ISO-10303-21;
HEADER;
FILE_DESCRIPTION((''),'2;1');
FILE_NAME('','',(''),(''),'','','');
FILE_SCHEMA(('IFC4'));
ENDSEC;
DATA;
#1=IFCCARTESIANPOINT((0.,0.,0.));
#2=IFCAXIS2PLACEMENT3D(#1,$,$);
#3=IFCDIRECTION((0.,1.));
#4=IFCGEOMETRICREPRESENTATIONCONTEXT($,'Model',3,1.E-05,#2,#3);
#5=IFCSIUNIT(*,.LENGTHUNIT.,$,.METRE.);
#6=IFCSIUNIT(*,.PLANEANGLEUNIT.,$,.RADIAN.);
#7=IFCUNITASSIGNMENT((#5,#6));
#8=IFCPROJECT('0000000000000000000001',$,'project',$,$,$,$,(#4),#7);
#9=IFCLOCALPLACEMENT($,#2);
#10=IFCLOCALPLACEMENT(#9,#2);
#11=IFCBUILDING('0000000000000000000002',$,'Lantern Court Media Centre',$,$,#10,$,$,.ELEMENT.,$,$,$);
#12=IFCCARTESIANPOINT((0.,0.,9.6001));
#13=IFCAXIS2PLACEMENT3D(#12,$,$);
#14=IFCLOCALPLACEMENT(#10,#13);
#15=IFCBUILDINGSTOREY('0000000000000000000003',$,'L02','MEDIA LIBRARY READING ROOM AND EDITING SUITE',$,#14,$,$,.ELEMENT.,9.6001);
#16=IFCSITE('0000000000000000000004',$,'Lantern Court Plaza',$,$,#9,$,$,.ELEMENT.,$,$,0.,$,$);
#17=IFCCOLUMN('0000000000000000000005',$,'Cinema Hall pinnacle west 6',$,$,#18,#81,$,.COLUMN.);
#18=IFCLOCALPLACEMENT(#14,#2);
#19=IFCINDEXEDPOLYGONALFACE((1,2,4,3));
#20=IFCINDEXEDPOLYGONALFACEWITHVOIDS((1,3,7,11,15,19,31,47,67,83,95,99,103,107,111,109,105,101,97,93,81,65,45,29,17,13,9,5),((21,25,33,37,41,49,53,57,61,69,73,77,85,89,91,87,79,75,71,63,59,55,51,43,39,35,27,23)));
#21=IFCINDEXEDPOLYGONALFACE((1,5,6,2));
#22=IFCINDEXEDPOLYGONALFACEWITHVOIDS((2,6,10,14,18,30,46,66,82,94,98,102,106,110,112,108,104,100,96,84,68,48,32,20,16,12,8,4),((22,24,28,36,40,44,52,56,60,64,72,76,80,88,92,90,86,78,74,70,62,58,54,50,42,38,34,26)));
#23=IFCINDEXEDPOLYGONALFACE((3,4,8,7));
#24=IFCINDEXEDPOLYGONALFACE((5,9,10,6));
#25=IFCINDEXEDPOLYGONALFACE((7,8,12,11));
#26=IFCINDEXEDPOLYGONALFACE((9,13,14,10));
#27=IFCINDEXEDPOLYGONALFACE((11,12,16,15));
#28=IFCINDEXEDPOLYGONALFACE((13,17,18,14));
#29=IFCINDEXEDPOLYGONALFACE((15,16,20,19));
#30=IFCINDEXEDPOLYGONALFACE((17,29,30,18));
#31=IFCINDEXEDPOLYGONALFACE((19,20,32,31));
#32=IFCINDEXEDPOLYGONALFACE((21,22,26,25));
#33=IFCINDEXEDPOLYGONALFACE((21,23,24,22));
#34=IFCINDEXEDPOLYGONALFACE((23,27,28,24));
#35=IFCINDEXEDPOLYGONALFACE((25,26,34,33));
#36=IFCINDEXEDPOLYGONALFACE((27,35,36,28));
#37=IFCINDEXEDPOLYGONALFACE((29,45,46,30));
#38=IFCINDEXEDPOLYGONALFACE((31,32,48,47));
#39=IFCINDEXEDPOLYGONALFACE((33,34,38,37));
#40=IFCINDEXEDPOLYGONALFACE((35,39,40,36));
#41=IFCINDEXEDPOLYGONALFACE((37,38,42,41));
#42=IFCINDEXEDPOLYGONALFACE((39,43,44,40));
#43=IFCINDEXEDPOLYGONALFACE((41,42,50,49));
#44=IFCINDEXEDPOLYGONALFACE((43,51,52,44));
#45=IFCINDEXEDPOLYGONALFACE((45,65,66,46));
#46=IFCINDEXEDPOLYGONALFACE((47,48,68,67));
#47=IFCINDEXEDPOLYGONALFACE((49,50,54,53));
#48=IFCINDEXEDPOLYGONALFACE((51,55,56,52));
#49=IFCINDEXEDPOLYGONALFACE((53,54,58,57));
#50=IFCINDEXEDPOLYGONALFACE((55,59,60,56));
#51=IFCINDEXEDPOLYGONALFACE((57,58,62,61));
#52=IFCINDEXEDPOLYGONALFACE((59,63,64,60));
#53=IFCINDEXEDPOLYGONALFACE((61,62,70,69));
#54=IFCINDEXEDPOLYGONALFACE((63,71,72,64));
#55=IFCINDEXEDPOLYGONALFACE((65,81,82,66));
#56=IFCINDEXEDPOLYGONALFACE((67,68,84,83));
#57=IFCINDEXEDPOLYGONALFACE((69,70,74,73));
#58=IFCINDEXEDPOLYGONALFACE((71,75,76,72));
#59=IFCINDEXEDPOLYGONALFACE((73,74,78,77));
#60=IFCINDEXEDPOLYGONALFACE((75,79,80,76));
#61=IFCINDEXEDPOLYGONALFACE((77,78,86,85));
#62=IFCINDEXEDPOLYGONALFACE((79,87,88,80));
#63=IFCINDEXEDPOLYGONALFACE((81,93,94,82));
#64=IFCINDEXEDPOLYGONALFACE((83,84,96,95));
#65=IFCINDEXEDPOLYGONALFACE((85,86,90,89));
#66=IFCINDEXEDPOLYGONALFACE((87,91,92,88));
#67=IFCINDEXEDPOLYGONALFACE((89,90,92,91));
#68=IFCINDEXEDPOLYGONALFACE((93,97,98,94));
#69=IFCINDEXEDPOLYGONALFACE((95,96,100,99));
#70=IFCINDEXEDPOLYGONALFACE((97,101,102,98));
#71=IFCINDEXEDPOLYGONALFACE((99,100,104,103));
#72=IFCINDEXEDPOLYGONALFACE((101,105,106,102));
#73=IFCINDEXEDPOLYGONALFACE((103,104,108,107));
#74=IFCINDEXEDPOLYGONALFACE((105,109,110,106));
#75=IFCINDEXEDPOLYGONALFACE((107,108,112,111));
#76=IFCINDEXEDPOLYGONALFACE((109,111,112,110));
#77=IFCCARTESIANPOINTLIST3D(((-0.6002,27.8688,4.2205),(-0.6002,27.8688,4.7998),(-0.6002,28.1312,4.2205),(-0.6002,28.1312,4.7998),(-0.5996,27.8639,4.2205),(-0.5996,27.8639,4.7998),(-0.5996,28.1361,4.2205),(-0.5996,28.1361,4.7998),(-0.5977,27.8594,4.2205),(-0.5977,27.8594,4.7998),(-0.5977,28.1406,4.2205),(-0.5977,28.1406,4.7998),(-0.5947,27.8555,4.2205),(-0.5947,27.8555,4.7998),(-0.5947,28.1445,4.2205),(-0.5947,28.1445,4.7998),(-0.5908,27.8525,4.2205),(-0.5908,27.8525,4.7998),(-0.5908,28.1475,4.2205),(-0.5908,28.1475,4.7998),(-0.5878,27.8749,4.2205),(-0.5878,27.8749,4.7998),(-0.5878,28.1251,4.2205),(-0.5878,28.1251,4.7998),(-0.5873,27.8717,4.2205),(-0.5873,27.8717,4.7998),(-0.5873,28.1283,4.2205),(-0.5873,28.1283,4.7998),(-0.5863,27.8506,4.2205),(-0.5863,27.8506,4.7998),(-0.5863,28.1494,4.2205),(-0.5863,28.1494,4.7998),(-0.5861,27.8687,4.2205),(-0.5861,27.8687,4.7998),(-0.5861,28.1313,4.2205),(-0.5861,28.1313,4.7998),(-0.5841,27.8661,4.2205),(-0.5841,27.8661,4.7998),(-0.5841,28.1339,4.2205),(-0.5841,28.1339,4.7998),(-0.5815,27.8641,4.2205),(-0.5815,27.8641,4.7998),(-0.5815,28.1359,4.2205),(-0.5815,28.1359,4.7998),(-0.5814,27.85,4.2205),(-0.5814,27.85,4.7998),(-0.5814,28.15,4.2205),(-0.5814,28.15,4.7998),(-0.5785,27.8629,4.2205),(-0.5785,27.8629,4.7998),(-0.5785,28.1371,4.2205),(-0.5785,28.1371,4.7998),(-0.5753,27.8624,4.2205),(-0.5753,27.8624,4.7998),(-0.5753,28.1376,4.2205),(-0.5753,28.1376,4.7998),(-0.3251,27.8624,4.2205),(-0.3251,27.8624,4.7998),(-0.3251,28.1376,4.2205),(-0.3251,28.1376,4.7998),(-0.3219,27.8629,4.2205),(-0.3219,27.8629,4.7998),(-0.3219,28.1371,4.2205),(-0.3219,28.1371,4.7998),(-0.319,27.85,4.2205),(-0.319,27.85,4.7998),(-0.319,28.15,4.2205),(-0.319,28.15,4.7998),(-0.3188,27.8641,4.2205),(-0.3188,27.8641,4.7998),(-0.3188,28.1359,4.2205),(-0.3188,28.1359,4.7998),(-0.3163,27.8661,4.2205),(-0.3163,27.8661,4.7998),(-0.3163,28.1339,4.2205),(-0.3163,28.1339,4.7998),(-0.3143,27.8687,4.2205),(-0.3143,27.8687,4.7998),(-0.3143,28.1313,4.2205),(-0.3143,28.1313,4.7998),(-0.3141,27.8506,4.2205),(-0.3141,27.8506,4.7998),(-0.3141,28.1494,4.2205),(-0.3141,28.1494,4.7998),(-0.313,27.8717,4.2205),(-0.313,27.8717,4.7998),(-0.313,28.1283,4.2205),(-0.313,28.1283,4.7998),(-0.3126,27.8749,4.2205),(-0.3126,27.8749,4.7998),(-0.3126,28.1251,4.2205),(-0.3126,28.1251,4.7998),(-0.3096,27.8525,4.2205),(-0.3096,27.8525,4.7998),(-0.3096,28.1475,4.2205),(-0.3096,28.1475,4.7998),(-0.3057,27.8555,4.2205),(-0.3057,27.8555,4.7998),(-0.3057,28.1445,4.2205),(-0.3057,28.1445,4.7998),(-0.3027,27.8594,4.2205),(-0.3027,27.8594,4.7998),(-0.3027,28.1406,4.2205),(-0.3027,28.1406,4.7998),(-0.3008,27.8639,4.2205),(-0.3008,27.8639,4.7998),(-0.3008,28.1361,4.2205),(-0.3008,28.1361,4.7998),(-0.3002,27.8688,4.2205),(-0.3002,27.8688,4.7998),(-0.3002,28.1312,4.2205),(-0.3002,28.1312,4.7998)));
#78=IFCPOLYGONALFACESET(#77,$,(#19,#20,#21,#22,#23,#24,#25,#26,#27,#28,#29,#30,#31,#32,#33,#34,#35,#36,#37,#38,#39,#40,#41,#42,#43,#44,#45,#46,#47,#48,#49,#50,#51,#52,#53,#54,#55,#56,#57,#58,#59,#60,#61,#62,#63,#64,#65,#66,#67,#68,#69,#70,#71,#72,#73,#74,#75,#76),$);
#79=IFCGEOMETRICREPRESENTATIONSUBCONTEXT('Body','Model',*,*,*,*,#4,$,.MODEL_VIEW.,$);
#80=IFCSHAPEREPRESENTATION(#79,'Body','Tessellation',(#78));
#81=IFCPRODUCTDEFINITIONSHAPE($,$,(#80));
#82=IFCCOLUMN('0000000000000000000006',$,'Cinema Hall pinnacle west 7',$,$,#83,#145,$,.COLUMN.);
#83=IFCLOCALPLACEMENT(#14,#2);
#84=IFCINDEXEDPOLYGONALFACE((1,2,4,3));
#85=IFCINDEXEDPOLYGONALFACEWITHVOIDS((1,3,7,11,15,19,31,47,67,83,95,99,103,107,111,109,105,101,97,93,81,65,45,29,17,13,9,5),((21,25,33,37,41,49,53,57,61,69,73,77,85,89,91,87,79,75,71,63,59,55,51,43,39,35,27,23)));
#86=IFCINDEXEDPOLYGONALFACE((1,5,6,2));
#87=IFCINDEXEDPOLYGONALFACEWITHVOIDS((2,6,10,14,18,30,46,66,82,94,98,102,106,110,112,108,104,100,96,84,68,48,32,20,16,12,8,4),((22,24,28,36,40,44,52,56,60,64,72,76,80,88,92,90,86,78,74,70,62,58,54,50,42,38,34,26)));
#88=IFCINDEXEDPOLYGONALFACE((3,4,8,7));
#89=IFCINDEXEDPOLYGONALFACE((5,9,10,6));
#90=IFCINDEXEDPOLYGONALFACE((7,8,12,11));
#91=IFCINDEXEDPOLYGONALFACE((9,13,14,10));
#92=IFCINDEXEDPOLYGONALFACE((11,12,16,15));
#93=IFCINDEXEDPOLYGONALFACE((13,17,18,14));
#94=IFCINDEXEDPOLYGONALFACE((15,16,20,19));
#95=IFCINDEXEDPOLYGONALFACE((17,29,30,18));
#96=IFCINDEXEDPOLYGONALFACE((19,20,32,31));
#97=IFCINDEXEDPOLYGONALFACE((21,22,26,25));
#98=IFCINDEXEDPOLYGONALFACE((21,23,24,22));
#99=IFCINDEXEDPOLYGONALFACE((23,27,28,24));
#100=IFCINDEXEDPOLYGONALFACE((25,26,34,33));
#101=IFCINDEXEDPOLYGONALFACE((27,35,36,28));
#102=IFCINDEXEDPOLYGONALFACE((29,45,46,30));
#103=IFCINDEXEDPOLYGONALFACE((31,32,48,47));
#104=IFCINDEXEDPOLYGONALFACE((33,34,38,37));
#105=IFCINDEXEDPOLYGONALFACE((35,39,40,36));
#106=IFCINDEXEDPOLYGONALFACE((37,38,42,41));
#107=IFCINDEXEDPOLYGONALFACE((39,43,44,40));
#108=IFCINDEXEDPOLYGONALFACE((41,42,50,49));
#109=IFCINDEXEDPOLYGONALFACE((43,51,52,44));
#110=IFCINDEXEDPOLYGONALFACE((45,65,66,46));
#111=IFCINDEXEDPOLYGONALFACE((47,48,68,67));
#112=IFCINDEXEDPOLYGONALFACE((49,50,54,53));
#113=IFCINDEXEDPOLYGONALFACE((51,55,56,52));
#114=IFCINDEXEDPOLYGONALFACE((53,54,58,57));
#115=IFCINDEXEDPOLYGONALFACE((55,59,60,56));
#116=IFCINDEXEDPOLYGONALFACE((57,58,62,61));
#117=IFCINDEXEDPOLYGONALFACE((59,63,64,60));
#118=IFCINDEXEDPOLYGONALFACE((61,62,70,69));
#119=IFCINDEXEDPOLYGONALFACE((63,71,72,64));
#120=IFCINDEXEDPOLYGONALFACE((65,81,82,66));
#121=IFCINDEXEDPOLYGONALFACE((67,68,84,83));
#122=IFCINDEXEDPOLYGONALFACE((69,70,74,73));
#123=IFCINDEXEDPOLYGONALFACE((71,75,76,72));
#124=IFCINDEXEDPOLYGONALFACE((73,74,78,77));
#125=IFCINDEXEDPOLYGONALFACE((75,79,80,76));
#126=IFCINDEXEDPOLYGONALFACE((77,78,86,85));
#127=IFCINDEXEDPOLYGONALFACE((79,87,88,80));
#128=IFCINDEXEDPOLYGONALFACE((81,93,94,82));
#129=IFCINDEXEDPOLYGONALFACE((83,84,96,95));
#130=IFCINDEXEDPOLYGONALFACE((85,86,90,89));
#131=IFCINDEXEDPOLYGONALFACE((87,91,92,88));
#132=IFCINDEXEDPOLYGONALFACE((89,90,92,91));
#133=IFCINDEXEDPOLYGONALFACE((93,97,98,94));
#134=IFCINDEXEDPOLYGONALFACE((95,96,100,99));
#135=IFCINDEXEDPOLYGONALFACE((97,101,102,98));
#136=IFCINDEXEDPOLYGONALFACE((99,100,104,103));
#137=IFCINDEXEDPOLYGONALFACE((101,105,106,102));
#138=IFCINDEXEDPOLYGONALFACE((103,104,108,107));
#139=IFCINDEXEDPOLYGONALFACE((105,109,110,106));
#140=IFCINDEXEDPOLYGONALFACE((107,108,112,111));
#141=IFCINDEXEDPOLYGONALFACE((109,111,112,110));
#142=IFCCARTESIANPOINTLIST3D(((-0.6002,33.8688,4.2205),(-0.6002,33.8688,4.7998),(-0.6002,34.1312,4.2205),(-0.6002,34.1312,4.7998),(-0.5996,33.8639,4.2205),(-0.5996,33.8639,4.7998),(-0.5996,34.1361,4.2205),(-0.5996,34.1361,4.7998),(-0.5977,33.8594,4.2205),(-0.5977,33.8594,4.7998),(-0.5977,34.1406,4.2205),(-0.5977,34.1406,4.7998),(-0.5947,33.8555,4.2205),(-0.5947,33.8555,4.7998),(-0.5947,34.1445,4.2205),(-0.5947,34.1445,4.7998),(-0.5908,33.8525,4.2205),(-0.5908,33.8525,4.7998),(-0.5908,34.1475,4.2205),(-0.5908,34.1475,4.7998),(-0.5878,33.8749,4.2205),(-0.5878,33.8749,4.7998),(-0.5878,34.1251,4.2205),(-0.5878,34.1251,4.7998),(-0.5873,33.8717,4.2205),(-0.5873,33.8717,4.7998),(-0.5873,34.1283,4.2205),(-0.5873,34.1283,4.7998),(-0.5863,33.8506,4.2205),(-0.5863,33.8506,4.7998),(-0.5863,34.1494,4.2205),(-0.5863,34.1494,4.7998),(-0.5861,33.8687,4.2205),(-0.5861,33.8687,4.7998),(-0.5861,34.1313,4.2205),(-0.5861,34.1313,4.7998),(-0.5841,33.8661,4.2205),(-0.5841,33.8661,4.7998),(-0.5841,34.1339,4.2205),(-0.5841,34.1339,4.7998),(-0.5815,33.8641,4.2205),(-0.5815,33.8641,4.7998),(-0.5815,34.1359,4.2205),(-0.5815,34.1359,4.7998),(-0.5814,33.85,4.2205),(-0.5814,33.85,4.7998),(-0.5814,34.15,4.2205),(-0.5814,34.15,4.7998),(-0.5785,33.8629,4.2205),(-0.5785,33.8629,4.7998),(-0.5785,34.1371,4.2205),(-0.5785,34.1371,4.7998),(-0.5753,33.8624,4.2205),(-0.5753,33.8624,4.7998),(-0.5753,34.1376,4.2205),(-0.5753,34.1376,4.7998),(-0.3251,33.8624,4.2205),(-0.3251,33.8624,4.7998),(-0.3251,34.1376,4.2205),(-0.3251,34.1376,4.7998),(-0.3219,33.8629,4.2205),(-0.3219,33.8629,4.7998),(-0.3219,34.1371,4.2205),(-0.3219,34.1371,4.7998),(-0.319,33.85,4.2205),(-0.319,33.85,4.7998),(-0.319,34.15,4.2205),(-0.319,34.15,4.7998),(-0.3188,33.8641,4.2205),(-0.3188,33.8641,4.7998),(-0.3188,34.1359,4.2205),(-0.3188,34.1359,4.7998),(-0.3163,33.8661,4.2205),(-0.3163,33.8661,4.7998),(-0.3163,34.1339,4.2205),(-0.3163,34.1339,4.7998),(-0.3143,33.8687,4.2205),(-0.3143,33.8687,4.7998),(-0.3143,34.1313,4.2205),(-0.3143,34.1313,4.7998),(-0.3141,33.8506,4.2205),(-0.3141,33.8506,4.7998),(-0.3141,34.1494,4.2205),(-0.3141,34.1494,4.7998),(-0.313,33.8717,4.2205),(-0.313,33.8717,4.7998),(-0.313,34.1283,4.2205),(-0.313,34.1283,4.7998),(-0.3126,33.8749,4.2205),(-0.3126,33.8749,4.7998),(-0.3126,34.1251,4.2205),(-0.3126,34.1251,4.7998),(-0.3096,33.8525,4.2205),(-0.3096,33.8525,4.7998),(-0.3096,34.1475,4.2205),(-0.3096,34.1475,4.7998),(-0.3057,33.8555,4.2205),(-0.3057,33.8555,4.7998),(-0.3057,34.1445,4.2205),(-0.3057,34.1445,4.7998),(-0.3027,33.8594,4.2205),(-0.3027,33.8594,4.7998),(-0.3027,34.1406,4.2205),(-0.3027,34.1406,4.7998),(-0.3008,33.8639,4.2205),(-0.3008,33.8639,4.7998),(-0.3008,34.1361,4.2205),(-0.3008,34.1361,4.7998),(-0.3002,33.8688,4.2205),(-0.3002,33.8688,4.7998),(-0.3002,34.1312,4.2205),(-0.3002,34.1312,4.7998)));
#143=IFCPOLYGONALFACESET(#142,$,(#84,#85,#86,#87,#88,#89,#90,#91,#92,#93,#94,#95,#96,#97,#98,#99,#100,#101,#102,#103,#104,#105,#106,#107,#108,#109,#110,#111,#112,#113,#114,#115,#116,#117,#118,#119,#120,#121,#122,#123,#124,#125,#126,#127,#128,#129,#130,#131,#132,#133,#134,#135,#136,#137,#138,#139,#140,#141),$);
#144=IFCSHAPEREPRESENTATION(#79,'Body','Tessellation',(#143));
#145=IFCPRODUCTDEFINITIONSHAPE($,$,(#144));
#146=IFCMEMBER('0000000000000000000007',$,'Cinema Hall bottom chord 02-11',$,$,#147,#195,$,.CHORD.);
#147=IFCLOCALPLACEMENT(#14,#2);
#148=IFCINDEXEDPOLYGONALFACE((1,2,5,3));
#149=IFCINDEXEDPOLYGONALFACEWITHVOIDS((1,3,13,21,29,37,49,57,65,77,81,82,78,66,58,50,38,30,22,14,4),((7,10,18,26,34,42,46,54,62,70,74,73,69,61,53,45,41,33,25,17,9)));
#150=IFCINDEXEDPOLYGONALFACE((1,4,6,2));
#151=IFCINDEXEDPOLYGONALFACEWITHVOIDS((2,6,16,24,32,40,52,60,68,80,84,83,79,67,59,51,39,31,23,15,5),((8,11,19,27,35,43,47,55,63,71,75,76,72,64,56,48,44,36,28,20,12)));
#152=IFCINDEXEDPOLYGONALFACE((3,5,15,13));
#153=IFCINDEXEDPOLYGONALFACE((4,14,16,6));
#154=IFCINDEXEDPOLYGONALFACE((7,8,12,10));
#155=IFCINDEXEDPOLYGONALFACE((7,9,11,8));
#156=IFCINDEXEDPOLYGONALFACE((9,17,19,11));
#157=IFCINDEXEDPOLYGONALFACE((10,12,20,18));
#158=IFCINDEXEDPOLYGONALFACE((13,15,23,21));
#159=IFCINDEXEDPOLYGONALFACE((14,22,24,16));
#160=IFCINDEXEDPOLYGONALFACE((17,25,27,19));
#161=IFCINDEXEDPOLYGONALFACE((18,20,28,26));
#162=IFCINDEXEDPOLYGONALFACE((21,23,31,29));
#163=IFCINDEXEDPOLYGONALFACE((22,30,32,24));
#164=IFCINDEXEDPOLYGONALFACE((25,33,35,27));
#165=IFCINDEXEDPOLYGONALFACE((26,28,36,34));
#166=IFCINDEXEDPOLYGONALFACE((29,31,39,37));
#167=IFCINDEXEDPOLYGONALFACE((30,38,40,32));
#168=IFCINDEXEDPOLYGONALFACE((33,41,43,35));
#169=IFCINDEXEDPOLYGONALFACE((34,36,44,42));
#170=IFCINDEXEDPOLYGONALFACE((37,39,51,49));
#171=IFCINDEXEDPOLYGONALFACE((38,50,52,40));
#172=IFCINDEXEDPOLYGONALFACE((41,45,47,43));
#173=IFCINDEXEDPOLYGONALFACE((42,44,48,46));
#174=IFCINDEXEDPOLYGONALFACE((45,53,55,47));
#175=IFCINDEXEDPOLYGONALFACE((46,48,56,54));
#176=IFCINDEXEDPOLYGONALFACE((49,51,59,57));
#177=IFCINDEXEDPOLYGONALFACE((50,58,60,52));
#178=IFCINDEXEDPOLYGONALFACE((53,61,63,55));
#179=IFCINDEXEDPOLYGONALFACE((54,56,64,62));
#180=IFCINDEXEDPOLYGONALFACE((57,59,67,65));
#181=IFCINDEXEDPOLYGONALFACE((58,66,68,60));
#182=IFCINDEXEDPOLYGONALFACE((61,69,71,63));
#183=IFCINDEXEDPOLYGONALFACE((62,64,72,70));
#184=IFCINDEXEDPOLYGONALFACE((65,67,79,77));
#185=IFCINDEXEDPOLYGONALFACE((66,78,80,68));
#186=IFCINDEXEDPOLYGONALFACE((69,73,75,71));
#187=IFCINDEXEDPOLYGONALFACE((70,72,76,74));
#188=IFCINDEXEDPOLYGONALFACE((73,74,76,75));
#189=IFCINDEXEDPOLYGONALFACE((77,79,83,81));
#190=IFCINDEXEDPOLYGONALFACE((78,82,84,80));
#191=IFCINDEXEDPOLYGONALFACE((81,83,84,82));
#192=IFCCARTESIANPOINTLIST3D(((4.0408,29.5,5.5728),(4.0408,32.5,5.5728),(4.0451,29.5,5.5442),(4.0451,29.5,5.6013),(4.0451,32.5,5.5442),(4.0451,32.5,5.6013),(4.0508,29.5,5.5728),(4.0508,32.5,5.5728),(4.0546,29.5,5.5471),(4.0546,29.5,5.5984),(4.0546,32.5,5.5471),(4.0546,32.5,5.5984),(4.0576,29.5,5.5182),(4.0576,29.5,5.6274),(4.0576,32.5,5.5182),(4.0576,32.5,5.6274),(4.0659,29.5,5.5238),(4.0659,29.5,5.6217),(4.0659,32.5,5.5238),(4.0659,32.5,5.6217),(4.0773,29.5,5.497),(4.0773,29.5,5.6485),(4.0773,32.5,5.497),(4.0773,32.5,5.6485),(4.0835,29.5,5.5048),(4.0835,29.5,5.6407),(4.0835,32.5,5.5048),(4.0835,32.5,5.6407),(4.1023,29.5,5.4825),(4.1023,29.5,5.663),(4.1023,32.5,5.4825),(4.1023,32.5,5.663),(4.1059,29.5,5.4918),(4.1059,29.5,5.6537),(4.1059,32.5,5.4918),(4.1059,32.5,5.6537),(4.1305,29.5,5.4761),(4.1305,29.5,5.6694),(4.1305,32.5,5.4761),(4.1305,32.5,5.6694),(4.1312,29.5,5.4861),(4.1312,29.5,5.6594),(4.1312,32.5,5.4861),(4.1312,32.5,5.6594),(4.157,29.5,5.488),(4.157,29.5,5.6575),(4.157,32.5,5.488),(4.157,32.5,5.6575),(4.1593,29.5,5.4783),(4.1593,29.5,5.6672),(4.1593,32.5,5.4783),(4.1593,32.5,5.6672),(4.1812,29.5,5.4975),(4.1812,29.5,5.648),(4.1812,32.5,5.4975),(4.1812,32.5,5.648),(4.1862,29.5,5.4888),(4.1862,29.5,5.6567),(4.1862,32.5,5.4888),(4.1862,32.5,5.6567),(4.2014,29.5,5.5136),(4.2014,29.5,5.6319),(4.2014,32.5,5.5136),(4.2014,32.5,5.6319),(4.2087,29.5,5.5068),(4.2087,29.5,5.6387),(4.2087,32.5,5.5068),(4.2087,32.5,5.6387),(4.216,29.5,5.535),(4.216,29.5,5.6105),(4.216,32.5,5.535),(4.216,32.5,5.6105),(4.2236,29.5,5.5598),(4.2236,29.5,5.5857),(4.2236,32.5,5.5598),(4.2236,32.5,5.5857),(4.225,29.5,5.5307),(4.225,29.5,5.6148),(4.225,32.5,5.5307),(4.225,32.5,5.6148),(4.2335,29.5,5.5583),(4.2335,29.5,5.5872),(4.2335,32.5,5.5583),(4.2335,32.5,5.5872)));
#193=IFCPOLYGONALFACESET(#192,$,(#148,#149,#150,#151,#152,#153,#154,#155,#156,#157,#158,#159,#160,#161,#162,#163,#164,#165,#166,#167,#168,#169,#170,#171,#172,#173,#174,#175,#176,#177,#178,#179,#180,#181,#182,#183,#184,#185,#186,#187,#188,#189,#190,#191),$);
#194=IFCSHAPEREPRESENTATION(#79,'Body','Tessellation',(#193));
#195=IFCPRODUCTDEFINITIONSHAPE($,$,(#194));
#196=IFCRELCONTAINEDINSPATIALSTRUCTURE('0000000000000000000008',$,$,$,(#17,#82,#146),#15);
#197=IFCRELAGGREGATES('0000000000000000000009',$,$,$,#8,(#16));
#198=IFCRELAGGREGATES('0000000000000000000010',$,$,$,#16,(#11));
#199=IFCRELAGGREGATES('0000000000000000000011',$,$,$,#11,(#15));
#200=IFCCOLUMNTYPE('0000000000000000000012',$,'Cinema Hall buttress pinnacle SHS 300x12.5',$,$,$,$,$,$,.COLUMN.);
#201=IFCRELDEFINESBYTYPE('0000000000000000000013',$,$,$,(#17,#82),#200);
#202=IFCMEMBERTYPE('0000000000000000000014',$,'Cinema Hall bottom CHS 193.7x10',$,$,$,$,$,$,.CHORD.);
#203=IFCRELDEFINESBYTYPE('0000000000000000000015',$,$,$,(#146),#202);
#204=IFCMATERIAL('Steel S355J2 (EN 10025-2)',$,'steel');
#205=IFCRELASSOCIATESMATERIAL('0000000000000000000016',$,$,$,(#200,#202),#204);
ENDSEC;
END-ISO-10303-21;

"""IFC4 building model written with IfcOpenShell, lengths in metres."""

from ifc_helpers import new_model, si_unit, direction, frame, origin, origin_2d, place, context, subcontext, project, spatial, hollow_rectangle, hollow_circle, extrude, material, material_profile, profile_set, type_object, element, save


model = new_model("IFC4")

# Units and contexts
model_context = context("Model", 3, precision=1e-05, world=origin(), true_north=direction((0.0, 1.0)))
body_context = subcontext(model_context, "Body", "Model", "MODEL_VIEW")
ifc_project = project(units=[si_unit("LENGTHUNIT", "METRE"), si_unit("PLANEANGLEUNIT", "RADIAN")], contexts=[model_context])

# Site, building, storey
site_placement = place(None, origin())
site = spatial("IfcSite", under=ifc_project, at=site_placement, Name="Lantern Court Plaza", CompositionType="ELEMENT", RefElevation=0.0)
building_placement = place(site_placement, origin())
building = spatial("IfcBuilding", under=site, at=building_placement, Name="Lantern Court Media Centre", CompositionType="ELEMENT")
storey_placement = place(building_placement, frame((0.0, 0.0, 9.6001)))
storey = spatial("IfcBuildingStorey", under=building, at=storey_placement, Name="L02", Description="MEDIA LIBRARY READING ROOM AND EDITING SUITE", CompositionType="ELEMENT", Elevation=9.6001)

# Columns
ifc_material = material(Name="Steel S355J2 (EN 10025-2)", Category="steel")
ifc_material_profile_1 = material_profile(ifc_material, hollow_rectangle(XDim=0.3, YDim=0.3, WallThickness=0.0125, InnerFilletRadius=0.0125, OuterFilletRadius=0.0188, at=origin_2d()), Name="Cinema Hall buttress pinnacle SHS 300x12.5")
ifc_profile_set_1 = profile_set([ifc_material_profile_1], Name="Steel S355J2 (EN 10025-2)")
column_type = type_object("IfcColumnType", Name="Cinema Hall buttress pinnacle SHS 300x12.5", PredefinedType="COLUMN", material=ifc_profile_set_1)
for number, where, z_axis, x_axis, name in (
    (1, (-0.4502, 28.0, 4.2205), (0.0, 0.0, 1.0), (1.0, 0.0, 0.0), "Cinema Hall pinnacle west 6"),
    (2, (-0.4502, 34.0, 4.2205), (0.0, 0.0, 1.0), (1.0, 0.0, 0.0), "Cinema Hall pinnacle west 7"),
):
    element("IfcColumn", number, at=place(storey_placement, frame(where, z_axis=z_axis, x_axis=x_axis)), inside=storey, type_object=column_type, Name=name, PredefinedType="COLUMN", context=body_context, shape_type="SweptSolid", body=[
        extrude(hollow_rectangle(XDim=0.3, YDim=0.3, WallThickness=0.0125, InnerFilletRadius=0.0125, OuterFilletRadius=0.0188, at=origin_2d()), origin(), (0.0, 0.0, 1.0), 0.5793),
    ])

# Member
ifc_material_profile_2 = material_profile(ifc_material, hollow_circle(Radius=0.0969, WallThickness=0.01, at=origin_2d()), Name="Cinema Hall bottom CHS 193.7x10")
ifc_profile_set_2 = profile_set([ifc_material_profile_2], Name="Steel S355J2 (EN 10025-2)")
member_type_1 = type_object("IfcMemberType", Name="Cinema Hall bottom CHS 193.7x10", PredefinedType="CHORD", material=ifc_profile_set_2)
for number, where, z_axis, x_axis, name in (
    (3, (4.1377, 29.5, 5.5728), (0.0, 1.0, 0.0), (-1.0, 0.0, 0.0), "Cinema Hall bottom chord 02-11"),
):
    element("IfcMember", number, at=place(storey_placement, frame(where, z_axis=z_axis, x_axis=x_axis)), inside=storey, type_object=member_type_1, Name=name, PredefinedType="CHORD", context=body_context, shape_type="SweptSolid", body=[
        extrude(hollow_circle(Radius=0.0969, WallThickness=0.01, at=origin_2d()), origin(), (0.0, 0.0, 1.0), 3.0),
    ])

save(model, "model.ifc")
